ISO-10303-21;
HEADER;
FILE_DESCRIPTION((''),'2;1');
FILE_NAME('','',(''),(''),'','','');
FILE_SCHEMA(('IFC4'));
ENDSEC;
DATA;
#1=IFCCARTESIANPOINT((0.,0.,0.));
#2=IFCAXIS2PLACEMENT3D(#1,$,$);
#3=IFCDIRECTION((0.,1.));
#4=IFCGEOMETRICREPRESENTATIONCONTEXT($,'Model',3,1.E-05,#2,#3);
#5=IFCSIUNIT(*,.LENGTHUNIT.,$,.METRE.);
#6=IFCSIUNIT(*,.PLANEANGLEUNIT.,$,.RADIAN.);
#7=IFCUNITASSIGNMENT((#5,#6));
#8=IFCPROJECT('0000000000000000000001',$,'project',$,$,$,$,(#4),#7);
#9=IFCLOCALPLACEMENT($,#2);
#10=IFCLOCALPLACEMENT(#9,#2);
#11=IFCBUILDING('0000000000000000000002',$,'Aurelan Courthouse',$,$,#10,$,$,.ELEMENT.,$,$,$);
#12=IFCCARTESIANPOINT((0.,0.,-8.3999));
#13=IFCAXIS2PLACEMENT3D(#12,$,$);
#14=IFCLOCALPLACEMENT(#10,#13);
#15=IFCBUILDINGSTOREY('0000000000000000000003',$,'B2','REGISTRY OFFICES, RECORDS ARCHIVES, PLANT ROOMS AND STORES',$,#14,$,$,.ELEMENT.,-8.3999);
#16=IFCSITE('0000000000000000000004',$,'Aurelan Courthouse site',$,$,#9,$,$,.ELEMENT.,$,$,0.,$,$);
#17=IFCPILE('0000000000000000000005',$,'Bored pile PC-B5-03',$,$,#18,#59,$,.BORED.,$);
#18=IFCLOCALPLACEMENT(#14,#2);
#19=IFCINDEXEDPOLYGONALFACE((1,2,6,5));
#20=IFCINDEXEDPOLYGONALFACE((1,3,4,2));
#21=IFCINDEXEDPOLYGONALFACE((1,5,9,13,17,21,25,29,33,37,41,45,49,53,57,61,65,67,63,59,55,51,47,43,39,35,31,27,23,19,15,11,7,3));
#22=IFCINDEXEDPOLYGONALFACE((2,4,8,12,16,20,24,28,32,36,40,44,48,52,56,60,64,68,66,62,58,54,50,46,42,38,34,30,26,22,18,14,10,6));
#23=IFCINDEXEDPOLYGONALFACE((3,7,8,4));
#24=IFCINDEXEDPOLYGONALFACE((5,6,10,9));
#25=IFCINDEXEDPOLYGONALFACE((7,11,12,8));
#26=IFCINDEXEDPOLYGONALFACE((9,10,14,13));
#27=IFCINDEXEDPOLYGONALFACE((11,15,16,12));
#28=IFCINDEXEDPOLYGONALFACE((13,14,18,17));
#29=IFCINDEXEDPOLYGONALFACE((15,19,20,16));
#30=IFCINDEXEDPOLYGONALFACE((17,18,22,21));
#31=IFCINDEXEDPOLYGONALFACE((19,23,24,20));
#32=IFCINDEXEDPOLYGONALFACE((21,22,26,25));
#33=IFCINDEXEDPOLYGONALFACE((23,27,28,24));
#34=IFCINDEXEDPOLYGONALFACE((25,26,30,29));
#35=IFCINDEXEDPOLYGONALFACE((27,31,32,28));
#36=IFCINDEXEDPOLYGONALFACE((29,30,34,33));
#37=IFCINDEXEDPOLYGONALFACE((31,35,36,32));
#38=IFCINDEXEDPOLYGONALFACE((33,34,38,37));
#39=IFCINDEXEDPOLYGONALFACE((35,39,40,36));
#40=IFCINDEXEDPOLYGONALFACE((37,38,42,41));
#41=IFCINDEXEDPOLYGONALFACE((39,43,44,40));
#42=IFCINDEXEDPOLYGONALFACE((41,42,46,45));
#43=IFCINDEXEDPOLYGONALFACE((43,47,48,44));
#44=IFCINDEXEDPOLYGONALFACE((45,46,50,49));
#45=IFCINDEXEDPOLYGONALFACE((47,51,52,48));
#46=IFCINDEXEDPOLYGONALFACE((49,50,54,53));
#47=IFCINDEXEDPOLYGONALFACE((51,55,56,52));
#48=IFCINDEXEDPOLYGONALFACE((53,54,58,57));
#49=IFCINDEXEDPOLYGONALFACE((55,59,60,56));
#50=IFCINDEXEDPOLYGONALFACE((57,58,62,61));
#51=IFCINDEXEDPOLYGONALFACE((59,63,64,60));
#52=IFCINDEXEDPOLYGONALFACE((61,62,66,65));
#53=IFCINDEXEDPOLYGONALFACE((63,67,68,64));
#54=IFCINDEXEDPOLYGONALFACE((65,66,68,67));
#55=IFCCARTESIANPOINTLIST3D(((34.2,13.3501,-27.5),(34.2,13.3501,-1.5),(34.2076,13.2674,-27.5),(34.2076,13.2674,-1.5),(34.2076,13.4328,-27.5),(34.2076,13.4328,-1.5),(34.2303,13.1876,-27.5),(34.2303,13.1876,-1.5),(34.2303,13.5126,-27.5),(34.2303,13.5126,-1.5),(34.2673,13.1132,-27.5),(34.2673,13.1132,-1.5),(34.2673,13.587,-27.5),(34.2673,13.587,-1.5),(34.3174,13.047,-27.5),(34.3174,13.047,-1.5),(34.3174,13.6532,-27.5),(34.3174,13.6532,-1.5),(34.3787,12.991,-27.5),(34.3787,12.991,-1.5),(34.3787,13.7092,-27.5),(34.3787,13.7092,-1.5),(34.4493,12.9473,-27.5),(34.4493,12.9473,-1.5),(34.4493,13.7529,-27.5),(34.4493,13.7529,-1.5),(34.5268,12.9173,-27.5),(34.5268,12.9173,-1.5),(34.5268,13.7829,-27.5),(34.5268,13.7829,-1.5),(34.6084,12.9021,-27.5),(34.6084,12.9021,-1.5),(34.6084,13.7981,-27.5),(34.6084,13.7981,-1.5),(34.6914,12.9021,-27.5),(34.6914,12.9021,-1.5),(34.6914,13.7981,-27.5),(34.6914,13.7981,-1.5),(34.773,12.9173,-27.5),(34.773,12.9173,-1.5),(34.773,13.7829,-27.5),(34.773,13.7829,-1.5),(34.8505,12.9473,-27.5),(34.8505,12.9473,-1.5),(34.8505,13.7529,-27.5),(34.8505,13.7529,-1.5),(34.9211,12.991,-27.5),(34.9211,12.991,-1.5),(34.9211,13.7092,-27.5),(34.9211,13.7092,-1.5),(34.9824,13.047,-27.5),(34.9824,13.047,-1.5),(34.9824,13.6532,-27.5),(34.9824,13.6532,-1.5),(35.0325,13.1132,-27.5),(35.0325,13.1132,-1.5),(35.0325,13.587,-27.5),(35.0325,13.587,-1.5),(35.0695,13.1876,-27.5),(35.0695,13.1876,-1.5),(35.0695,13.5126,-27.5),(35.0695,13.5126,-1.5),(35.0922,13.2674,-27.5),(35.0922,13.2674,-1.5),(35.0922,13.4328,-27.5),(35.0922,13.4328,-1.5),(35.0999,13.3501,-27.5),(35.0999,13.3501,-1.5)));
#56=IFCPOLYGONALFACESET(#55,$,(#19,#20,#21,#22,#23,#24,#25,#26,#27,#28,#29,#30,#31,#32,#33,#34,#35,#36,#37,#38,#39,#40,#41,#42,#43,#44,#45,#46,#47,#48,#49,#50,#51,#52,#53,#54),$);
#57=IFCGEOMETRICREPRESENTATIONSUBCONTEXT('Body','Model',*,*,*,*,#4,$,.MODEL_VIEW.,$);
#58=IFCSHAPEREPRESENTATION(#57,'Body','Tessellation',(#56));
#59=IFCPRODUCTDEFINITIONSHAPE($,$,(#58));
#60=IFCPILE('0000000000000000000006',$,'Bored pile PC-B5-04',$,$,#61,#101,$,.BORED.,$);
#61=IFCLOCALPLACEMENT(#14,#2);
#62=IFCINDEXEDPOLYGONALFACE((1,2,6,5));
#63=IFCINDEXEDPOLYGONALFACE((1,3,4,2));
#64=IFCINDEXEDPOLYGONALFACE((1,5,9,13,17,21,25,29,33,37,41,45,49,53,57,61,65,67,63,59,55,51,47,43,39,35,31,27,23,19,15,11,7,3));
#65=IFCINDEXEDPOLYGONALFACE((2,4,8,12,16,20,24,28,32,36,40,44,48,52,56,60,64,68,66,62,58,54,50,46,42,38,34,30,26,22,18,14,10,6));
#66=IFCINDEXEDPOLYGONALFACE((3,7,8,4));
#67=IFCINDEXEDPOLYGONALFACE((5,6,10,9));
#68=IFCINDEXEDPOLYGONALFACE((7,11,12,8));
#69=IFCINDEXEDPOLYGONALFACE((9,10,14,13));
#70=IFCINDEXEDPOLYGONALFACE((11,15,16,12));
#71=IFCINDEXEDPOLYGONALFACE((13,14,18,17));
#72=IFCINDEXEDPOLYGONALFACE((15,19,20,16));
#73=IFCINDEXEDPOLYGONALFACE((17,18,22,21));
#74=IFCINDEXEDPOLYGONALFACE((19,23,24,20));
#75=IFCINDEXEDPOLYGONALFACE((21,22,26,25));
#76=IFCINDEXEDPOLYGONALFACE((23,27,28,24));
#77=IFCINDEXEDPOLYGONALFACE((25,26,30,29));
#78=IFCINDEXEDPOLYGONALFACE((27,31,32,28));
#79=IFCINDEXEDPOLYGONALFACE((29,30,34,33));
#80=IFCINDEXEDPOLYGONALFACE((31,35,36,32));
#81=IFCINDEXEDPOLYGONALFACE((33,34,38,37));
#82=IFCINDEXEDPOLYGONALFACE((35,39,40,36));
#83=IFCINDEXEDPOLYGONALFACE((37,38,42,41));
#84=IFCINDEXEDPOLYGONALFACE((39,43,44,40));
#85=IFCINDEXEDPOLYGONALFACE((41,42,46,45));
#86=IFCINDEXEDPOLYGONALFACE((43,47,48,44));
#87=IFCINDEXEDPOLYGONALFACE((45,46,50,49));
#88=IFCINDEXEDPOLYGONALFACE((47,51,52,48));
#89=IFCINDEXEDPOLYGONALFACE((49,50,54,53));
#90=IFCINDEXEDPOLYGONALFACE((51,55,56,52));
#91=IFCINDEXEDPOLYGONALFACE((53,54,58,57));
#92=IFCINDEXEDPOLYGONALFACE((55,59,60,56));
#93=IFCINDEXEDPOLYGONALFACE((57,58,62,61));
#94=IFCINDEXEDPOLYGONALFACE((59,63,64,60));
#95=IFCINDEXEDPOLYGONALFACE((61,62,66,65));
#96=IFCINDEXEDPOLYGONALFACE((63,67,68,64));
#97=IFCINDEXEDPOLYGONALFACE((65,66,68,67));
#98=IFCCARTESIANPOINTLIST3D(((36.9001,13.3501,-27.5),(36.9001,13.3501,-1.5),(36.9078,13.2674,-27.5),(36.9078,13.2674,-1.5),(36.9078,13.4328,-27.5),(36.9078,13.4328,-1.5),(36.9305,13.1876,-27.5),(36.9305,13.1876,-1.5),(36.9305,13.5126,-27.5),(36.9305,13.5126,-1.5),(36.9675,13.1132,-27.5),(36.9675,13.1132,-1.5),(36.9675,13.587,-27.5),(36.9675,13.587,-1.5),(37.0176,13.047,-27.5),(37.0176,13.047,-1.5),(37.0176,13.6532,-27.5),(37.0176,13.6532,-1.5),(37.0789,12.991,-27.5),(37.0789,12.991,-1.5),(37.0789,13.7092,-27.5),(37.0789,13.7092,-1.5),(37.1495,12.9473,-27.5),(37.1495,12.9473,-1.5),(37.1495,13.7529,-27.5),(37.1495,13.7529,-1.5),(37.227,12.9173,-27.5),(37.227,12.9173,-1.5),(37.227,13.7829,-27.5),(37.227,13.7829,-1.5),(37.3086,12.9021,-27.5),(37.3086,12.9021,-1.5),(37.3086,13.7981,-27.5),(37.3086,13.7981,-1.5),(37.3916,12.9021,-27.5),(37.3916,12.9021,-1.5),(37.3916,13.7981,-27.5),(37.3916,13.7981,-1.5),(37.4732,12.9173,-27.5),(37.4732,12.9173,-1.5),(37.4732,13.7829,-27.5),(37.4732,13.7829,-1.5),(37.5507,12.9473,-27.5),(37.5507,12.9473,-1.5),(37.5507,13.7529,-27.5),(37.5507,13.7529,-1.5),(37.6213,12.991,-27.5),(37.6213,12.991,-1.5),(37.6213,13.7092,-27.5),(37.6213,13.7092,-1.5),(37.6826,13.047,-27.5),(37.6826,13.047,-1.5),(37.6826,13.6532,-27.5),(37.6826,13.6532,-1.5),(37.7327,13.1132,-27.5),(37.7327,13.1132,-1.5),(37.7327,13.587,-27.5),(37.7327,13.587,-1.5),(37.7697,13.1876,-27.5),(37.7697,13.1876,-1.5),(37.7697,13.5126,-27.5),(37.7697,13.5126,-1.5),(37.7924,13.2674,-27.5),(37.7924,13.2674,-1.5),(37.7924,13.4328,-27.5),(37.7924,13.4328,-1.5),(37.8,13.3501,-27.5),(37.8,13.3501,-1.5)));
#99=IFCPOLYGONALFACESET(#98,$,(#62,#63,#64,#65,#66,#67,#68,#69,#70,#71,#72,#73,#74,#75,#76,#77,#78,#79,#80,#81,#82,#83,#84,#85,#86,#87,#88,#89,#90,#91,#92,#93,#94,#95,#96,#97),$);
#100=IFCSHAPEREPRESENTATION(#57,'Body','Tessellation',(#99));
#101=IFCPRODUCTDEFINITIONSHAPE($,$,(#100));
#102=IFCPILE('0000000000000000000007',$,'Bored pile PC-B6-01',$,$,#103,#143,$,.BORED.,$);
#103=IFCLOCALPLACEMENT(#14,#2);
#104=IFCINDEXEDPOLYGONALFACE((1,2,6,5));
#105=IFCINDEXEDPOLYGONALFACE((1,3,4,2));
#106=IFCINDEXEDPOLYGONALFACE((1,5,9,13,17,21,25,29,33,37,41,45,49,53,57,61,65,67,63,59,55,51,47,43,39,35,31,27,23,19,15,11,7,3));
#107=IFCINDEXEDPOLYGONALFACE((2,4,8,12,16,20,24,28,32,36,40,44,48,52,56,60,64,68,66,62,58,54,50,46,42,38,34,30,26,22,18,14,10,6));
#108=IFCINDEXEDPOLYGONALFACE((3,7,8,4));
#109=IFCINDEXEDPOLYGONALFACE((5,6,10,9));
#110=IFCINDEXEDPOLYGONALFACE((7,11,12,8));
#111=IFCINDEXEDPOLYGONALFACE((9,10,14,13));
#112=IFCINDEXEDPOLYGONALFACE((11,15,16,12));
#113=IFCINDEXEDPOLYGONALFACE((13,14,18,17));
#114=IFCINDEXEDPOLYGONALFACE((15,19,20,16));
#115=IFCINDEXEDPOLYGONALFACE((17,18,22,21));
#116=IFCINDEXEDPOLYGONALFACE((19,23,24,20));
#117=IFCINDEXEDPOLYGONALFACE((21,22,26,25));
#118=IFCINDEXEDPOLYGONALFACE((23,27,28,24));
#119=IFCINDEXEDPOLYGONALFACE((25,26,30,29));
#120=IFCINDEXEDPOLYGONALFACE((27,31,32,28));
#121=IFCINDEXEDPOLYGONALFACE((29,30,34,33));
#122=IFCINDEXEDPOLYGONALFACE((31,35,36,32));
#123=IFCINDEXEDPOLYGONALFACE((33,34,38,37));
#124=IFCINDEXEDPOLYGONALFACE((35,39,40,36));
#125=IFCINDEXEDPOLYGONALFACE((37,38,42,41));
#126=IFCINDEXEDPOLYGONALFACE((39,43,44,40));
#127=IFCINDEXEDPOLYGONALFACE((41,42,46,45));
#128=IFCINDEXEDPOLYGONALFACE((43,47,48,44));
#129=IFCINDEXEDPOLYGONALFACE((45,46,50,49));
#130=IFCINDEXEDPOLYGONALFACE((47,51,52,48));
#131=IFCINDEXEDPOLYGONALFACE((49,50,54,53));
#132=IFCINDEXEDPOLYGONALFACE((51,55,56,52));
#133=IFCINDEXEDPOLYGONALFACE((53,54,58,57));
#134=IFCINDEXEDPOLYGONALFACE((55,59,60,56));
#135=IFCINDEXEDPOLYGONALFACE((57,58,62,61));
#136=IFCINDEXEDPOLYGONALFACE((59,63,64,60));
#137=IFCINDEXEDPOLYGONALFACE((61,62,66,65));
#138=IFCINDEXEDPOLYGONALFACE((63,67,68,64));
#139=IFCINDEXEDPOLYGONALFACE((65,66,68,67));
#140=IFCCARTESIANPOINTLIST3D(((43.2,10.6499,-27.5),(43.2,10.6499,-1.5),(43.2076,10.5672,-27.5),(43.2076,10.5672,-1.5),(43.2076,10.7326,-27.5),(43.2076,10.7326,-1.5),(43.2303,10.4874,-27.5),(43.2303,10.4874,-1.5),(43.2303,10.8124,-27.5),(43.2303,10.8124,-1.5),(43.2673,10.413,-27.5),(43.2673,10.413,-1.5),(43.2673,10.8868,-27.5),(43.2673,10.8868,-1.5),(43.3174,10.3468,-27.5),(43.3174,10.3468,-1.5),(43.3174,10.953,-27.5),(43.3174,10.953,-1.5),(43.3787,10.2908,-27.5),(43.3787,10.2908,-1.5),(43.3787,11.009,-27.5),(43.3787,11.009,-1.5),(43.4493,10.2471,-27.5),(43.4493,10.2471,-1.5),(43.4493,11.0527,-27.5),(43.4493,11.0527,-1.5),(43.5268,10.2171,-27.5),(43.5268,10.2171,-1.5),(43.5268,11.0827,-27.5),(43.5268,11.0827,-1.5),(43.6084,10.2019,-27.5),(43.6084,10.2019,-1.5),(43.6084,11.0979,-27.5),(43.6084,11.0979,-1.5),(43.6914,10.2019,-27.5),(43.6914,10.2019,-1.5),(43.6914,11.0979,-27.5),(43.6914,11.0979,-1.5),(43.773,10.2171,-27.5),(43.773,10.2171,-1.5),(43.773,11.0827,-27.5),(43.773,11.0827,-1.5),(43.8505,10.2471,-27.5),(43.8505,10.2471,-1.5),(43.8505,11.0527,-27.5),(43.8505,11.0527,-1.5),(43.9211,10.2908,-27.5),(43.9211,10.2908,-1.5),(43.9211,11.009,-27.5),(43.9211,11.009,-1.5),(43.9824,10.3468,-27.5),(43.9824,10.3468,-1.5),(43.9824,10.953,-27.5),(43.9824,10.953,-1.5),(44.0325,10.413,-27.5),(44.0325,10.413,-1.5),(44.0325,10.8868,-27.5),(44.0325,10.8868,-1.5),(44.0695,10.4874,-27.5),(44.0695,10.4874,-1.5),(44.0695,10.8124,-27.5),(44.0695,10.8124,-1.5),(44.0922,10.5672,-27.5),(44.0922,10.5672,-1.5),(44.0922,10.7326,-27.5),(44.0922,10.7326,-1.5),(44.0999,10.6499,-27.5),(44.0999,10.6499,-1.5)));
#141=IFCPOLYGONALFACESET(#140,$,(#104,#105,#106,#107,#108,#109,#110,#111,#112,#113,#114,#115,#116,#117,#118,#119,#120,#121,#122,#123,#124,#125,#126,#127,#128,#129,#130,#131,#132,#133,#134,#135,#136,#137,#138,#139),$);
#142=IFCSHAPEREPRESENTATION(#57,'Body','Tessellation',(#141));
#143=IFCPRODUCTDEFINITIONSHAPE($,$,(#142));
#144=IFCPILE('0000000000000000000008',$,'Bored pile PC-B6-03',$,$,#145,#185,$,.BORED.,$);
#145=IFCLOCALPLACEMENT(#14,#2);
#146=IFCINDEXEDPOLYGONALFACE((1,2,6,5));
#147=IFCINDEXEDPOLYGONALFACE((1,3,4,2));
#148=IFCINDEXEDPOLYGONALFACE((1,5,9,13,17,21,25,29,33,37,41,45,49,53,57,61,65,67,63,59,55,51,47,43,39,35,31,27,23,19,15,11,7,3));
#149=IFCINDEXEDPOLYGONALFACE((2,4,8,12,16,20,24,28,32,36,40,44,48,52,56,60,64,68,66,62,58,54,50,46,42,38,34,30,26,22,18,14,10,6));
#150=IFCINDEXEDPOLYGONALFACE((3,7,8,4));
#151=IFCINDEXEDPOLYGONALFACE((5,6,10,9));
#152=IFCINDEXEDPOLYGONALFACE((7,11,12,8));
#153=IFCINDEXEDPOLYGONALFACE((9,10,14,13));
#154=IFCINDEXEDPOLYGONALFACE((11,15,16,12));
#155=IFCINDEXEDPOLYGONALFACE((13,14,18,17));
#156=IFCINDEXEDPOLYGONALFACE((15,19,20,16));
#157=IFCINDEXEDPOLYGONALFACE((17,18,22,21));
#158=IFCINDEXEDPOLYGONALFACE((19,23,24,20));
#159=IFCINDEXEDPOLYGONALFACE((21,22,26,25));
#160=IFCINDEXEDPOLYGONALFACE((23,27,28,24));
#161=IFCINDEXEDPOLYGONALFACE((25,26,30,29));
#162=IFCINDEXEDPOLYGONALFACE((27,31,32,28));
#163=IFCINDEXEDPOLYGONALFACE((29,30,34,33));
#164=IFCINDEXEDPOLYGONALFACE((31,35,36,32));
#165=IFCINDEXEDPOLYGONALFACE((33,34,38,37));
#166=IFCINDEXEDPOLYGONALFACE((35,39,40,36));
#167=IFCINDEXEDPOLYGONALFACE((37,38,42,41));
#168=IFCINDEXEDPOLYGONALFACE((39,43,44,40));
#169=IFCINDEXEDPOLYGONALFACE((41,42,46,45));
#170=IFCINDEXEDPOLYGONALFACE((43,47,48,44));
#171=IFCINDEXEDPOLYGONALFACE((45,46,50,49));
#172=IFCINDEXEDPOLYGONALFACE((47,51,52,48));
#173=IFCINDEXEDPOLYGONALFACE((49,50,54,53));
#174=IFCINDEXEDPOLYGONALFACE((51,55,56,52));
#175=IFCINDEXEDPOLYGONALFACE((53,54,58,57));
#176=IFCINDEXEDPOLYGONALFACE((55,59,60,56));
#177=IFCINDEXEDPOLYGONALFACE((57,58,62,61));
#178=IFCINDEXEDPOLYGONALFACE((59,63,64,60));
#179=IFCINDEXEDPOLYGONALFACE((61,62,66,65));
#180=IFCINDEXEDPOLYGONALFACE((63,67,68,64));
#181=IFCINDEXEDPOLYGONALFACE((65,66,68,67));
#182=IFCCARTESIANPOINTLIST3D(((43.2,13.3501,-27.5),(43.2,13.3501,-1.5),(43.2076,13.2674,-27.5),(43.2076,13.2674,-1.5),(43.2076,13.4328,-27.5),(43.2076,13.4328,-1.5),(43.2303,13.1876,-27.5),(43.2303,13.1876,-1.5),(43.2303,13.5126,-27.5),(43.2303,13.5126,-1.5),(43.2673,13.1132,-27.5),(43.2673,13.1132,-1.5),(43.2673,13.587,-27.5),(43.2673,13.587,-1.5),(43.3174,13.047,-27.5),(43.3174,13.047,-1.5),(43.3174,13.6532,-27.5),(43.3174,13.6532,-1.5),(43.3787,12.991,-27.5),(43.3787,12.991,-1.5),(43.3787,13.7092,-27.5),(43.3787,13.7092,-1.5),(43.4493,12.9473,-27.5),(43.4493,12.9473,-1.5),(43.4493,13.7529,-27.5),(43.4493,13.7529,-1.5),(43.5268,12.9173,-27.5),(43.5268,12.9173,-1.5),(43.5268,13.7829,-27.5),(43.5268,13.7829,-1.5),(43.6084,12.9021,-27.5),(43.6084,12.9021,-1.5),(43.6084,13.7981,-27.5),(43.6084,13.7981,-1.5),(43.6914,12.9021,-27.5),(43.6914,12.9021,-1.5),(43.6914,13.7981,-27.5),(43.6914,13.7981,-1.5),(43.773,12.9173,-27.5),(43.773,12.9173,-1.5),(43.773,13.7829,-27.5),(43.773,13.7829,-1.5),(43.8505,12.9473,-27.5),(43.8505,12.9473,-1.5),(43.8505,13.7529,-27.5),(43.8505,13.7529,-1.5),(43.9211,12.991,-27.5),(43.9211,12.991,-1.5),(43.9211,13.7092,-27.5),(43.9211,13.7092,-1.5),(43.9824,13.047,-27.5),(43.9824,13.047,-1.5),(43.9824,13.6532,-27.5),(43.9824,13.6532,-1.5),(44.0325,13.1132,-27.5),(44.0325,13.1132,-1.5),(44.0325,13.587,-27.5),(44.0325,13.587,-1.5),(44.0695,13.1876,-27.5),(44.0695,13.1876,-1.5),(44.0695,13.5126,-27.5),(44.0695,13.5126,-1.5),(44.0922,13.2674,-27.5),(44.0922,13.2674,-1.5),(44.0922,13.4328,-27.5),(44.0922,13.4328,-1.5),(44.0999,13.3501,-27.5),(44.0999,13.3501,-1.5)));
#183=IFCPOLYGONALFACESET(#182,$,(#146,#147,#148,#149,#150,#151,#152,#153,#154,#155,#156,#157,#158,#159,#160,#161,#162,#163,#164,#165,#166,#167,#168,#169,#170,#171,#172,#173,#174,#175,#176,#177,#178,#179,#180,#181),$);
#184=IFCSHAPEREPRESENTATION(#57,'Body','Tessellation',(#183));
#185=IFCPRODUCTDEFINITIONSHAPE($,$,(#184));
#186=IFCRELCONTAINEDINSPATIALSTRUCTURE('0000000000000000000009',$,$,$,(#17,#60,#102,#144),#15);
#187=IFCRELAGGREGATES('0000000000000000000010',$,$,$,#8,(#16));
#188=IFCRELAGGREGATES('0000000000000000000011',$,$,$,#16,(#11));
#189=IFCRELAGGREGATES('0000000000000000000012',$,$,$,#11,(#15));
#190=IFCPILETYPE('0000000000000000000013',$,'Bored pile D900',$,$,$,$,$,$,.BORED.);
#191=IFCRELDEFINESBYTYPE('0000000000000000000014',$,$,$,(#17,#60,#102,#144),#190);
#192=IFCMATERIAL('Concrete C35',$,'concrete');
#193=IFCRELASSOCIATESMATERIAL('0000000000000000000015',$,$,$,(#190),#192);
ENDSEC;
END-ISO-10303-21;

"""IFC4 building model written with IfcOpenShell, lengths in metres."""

from ifc_helpers import new_model, si_unit, direction, frame, origin, origin_2d, place, context, subcontext, project, spatial, circle, extrude, material, material_profile, profile_set, type_object, element, save


model = new_model("IFC4")

# Units and contexts
model_context = context("Model", 3, precision=1e-05, world=origin(), true_north=direction((0.0, 1.0)))
body_context = subcontext(model_context, "Body", "Model", "MODEL_VIEW")
ifc_project = project(units=[si_unit("LENGTHUNIT", "METRE"), si_unit("PLANEANGLEUNIT", "RADIAN")], contexts=[model_context])

# Site, building, storey
site_placement = place(None, origin())
site = spatial("IfcSite", under=ifc_project, at=site_placement, Name="Aurelan Courthouse site", CompositionType="ELEMENT", RefElevation=0.0)
building_placement = place(site_placement, origin())
building = spatial("IfcBuilding", under=site, at=building_placement, Name="Aurelan Courthouse", CompositionType="ELEMENT")
storey_placement = place(building_placement, frame((0.0, 0.0, -8.3999)))
storey = spatial("IfcBuildingStorey", under=building, at=storey_placement, Name="B2", Description="REGISTRY OFFICES, RECORDS ARCHIVES, PLANT ROOMS AND STORES", CompositionType="ELEMENT", Elevation=-8.3999)

# Piles
ifc_material_1 = material(Name="Concrete C35", Category="concrete")
ifc_material_profile_1 = material_profile(ifc_material_1, circle(Radius=0.45, at=origin_2d()), Name="D900")
ifc_profile_set_1 = profile_set([ifc_material_profile_1], Name="Concrete C35")
pile_type_1 = type_object("IfcPileType", Name="Bored pile D900", PredefinedType="BORED", material=ifc_profile_set_1)
for number, where, z_axis, x_axis, name in (
    (1, (34.6499, 13.3501, -1.5), (0.0, 0.0, -1.0), (1.0, 0.0, 0.0), "Bored pile PC-B5-03"),
    (2, (37.3501, 13.3501, -1.5), (0.0, 0.0, -1.0), (1.0, 0.0, 0.0), "Bored pile PC-B5-04"),
    (3, (43.6499, 10.6499, -1.5), (0.0, 0.0, -1.0), (1.0, 0.0, 0.0), "Bored pile PC-B6-01"),
    (4, (43.6499, 13.3501, -1.5), (0.0, 0.0, -1.0), (1.0, 0.0, 0.0), "Bored pile PC-B6-03"),
):
    element("IfcPile", number, at=place(storey_placement, frame(where, z_axis=z_axis, x_axis=x_axis)), inside=storey, type_object=pile_type_1, Name=name, PredefinedType="BORED", context=body_context, shape_type="SweptSolid", body=[
        extrude(circle(Radius=0.45, at=origin_2d()), origin(), (0.0, 0.0, 1.0), 26.0),
    ])

save(model, "model.ifc")
